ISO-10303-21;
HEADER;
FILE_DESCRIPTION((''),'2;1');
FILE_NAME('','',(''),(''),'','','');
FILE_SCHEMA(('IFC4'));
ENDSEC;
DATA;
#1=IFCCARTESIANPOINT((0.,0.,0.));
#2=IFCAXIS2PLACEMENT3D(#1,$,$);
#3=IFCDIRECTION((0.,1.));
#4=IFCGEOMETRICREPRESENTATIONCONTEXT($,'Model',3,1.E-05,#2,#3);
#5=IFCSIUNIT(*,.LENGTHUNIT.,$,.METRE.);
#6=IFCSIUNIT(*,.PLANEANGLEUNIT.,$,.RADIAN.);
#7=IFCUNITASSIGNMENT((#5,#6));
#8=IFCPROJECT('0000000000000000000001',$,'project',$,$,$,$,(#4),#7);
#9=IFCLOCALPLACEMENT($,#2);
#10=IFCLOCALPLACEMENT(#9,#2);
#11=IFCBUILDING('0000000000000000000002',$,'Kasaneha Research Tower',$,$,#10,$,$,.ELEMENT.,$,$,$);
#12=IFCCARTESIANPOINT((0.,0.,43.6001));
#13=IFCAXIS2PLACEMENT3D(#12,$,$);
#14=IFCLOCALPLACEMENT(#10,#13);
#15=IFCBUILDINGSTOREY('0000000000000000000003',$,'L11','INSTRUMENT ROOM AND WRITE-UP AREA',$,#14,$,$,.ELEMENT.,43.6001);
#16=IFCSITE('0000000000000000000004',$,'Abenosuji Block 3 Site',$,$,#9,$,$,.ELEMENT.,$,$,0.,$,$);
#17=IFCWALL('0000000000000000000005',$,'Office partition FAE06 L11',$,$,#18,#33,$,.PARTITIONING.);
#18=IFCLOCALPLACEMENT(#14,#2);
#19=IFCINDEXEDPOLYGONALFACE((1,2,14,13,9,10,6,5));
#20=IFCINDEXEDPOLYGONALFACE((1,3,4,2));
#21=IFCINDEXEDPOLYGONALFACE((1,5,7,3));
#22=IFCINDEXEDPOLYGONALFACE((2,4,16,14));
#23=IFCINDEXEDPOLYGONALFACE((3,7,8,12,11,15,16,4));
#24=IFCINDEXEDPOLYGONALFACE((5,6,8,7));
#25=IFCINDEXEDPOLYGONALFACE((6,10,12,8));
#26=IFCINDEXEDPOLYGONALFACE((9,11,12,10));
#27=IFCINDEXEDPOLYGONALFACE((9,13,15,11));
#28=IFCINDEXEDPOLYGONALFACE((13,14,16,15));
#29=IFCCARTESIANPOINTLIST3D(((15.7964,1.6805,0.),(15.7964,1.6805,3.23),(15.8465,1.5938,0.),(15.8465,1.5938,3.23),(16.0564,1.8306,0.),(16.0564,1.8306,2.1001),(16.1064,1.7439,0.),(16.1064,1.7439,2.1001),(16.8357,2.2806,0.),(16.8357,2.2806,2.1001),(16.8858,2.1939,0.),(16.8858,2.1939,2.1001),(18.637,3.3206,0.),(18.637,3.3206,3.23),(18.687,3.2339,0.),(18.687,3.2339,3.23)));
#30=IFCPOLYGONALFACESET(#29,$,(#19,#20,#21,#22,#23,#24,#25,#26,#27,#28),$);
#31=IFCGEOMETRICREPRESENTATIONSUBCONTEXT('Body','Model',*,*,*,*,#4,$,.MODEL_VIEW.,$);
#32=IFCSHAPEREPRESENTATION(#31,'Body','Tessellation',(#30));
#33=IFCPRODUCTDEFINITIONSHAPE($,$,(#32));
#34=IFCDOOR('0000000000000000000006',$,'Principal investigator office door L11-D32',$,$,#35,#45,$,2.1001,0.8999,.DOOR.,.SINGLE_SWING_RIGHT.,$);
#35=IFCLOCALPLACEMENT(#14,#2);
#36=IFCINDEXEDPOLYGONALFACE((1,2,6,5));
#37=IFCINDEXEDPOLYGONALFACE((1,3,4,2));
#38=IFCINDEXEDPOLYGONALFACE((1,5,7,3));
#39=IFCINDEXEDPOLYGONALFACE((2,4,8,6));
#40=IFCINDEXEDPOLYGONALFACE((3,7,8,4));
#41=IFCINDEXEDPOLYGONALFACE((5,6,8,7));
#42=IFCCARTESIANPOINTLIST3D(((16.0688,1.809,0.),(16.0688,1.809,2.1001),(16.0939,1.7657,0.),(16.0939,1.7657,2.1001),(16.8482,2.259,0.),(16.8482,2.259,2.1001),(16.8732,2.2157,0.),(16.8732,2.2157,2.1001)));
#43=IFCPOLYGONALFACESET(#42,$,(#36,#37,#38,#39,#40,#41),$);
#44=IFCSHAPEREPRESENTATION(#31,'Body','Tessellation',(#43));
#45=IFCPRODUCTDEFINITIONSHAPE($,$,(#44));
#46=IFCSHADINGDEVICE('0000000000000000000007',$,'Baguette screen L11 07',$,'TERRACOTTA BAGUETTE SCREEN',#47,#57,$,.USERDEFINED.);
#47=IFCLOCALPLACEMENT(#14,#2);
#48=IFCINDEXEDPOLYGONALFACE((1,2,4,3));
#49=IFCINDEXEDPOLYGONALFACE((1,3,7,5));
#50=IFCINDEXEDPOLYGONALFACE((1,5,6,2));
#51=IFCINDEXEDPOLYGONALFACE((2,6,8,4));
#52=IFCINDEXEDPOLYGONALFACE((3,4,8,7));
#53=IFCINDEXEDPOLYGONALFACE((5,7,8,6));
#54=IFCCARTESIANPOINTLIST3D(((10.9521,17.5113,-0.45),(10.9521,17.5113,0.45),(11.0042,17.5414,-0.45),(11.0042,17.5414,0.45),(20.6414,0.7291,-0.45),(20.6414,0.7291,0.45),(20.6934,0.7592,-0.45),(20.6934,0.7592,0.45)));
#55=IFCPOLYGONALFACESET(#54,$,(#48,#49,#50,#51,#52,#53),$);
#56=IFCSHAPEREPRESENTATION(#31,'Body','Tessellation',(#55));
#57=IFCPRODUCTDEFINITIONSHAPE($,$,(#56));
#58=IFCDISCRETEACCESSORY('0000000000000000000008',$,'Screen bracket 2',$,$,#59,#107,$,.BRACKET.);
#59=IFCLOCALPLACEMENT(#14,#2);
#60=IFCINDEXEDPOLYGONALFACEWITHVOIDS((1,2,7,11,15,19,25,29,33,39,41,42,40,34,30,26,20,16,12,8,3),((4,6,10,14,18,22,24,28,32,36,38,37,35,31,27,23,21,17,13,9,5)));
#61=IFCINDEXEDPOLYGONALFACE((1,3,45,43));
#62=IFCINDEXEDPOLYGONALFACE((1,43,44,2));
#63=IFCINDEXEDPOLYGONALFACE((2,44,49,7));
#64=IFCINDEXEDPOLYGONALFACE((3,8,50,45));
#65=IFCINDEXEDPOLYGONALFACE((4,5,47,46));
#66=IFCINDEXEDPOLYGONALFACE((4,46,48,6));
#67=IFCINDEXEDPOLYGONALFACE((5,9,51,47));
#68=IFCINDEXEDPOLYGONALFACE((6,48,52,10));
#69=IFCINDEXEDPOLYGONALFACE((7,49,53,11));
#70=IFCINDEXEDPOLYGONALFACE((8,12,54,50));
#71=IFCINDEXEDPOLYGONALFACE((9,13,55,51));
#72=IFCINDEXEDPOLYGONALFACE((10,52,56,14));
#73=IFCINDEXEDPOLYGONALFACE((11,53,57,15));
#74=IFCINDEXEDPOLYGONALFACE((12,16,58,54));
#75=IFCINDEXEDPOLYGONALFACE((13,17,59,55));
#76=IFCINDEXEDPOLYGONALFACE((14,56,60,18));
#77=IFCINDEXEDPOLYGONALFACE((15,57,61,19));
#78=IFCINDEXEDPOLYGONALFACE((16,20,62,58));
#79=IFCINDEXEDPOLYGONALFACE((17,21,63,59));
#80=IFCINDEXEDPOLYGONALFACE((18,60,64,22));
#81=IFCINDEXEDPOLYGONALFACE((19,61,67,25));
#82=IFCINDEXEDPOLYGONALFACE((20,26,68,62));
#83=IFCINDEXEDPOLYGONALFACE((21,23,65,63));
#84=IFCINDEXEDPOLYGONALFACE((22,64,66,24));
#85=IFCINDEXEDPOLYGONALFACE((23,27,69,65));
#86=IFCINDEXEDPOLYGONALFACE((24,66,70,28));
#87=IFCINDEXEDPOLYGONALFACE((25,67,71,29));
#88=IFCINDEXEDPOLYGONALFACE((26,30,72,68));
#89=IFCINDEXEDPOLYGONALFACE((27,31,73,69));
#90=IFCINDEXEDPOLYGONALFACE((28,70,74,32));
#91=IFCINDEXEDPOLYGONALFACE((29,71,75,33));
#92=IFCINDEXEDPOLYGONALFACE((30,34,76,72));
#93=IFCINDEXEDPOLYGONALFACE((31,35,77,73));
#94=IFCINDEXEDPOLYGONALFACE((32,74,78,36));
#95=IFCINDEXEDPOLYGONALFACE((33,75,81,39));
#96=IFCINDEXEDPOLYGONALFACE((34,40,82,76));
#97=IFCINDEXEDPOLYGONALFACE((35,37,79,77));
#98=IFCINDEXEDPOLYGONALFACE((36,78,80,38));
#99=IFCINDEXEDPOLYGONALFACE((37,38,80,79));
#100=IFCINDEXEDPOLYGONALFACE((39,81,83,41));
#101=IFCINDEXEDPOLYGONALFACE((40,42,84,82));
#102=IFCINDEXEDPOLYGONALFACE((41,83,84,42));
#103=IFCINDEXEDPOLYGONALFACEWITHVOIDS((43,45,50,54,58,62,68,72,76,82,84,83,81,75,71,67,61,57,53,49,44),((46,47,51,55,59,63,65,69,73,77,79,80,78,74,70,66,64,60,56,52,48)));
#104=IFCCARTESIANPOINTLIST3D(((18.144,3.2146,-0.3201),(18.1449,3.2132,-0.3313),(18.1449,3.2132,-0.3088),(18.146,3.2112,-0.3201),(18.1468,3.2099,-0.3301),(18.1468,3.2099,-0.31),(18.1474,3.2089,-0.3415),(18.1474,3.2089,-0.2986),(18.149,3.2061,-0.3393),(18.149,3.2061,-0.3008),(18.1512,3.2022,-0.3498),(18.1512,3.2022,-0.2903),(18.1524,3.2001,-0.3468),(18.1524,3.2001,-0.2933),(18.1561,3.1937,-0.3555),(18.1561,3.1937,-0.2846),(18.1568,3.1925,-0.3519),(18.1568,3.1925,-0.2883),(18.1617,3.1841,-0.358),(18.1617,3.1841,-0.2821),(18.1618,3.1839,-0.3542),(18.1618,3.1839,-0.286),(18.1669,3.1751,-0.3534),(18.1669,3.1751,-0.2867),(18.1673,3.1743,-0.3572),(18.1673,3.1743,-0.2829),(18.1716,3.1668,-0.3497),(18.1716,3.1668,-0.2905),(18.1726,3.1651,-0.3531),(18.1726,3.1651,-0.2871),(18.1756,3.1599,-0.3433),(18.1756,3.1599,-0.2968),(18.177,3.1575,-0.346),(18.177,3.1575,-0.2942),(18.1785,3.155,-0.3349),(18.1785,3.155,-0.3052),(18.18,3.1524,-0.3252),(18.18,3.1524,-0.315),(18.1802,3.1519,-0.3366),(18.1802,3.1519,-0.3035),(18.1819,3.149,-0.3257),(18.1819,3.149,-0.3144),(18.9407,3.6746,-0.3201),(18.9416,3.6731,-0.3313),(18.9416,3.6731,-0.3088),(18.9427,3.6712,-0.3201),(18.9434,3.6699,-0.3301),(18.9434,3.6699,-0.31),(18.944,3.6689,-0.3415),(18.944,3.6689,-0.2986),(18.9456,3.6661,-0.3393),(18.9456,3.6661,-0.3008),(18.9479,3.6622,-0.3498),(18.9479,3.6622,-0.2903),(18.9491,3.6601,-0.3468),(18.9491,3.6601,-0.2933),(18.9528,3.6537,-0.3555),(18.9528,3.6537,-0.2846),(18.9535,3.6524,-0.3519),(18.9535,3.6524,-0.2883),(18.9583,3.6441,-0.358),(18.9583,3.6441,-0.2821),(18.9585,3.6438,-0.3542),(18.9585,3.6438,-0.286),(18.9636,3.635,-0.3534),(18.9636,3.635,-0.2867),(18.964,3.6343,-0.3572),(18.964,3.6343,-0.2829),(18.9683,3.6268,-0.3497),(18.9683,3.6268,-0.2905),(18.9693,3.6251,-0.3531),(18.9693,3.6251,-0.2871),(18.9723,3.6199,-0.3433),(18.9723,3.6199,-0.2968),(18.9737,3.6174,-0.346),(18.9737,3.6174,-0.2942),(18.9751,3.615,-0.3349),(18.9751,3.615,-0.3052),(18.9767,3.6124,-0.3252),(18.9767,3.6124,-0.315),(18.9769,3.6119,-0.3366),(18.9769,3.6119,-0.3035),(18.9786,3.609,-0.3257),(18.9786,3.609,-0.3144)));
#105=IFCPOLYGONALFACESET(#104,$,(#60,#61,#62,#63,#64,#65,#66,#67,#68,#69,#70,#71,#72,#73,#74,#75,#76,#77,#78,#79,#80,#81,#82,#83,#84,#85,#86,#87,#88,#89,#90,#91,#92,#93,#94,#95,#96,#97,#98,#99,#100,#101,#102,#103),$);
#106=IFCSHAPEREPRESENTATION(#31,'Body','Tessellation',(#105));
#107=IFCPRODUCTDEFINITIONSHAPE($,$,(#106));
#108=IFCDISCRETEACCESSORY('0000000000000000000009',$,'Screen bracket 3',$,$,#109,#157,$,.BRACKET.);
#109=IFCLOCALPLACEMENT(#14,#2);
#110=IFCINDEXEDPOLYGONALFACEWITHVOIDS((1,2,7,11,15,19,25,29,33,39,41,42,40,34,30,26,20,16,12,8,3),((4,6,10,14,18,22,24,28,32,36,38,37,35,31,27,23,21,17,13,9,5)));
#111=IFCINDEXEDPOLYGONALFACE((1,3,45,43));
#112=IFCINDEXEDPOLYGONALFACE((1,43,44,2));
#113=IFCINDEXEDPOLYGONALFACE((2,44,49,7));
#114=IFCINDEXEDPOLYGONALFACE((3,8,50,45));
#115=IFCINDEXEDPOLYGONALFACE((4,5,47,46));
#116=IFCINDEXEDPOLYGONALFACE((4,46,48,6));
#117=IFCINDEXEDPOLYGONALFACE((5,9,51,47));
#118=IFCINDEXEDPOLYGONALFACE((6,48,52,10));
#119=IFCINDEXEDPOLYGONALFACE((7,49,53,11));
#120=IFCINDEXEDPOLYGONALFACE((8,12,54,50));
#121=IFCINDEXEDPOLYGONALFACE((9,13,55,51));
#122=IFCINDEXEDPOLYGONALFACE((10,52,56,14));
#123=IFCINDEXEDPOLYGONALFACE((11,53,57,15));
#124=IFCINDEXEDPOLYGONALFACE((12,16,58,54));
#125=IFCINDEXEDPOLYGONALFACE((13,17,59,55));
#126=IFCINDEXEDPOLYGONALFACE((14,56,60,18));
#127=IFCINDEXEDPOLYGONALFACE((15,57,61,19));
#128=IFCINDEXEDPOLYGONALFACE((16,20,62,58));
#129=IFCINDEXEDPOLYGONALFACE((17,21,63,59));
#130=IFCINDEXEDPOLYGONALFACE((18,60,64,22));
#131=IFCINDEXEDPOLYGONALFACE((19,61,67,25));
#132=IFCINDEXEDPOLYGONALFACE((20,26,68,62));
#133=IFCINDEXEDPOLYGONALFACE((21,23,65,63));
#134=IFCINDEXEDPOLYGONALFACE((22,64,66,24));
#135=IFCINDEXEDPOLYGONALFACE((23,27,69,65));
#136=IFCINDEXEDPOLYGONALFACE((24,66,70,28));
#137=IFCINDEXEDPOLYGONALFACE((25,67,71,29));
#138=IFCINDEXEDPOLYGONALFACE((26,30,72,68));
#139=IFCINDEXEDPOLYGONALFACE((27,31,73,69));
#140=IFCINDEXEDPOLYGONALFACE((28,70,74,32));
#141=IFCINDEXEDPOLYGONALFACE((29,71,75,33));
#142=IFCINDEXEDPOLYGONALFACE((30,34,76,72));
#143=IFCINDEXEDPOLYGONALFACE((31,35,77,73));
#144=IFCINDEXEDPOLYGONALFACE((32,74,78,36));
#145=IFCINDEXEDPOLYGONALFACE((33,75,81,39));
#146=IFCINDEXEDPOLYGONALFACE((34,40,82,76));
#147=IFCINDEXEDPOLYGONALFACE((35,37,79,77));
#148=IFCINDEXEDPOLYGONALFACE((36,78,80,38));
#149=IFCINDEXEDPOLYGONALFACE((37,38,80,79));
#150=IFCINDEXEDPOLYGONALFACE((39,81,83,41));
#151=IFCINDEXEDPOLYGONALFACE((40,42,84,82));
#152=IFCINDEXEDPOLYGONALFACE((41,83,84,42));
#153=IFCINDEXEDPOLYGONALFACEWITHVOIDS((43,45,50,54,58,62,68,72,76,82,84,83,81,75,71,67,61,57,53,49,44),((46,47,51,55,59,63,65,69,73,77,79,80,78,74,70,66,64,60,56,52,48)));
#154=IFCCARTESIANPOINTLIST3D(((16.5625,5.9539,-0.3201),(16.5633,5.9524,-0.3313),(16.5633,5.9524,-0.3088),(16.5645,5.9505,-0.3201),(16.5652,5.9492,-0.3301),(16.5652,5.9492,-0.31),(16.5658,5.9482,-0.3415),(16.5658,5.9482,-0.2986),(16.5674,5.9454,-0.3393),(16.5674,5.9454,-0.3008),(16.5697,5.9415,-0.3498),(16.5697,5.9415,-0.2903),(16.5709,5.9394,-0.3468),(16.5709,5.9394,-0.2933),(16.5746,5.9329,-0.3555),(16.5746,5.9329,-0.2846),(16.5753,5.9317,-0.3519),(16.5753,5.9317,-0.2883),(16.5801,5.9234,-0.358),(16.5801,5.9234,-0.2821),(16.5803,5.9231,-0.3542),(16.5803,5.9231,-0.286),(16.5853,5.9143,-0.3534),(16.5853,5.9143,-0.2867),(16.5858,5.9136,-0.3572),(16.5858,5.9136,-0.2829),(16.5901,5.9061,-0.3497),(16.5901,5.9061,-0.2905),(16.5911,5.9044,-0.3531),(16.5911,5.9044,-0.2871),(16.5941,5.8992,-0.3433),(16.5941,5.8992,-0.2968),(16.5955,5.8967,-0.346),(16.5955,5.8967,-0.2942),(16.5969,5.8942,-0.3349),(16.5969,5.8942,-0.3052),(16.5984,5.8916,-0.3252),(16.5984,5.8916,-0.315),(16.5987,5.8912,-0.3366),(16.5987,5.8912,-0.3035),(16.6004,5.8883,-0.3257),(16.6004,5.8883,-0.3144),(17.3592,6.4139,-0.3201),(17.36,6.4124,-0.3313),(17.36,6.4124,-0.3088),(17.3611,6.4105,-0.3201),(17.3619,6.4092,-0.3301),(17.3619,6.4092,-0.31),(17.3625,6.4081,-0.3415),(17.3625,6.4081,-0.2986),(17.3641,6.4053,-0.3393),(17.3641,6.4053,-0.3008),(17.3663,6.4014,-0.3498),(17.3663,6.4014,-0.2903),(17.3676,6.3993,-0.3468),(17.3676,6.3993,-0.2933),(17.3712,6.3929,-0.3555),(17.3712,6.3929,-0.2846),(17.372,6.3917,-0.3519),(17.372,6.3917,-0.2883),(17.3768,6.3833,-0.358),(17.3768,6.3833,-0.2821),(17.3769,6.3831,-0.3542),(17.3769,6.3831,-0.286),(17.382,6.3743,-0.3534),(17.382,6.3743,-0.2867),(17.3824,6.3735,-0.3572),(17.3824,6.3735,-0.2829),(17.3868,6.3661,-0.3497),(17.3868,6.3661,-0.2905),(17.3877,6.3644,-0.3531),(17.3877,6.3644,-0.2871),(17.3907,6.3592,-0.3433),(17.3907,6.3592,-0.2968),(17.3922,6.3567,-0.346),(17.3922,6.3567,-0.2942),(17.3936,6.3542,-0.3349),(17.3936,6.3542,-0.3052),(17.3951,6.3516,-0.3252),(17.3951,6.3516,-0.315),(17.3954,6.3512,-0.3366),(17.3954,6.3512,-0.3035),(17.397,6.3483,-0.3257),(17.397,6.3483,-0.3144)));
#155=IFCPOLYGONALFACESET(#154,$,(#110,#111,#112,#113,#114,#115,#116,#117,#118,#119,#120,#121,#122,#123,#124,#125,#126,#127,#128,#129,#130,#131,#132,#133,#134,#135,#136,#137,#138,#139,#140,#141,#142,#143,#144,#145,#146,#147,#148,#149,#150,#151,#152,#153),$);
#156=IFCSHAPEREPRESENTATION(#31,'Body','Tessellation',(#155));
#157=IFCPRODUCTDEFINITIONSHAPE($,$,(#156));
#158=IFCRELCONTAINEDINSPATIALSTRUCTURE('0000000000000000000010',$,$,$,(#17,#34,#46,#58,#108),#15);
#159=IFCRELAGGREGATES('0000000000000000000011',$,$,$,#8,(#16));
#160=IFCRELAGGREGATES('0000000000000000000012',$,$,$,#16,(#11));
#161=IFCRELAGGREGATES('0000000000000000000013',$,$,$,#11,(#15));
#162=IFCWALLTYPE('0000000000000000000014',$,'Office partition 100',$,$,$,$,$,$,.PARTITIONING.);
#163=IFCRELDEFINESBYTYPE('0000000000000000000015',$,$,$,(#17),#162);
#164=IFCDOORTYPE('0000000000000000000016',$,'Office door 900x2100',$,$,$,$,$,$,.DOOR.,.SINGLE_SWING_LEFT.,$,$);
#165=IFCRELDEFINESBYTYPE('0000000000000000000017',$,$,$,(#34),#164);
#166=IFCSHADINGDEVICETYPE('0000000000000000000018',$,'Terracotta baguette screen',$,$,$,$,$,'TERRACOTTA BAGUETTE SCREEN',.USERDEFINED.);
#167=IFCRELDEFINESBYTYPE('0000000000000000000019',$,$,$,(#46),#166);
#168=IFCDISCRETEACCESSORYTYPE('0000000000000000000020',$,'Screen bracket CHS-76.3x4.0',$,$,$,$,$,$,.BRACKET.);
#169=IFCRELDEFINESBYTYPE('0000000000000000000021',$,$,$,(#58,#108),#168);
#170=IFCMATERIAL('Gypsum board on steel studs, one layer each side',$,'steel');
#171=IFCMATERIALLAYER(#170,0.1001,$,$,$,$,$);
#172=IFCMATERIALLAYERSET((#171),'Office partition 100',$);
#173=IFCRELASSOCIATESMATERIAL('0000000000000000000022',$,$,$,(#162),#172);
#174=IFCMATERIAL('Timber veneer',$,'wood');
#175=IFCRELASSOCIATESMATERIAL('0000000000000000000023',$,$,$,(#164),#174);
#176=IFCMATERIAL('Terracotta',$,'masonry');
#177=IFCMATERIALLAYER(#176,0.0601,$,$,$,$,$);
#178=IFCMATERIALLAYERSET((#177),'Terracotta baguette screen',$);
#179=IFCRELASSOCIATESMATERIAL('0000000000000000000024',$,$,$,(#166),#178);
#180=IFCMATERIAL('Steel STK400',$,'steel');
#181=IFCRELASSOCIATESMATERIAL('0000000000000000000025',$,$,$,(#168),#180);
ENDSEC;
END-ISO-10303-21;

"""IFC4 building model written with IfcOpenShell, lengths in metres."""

from ifc_helpers import new_model, si_unit, direction, frame, frame_2d, origin, origin_2d, place, context, subcontext, project, spatial, rectangle, hollow_circle, extrude, material, layer, layer_set, material_profile, profile_set, type_object, element, fill, save


model = new_model("IFC4")

# Units and contexts
model_context = context("Model", 3, precision=1e-05, world=origin(), true_north=direction((0.0, 1.0)))
body_context = subcontext(model_context, "Body", "Model", "MODEL_VIEW")
ifc_project = project(units=[si_unit("LENGTHUNIT", "METRE"), si_unit("PLANEANGLEUNIT", "RADIAN")], contexts=[model_context])

# Site, building, storey
site_placement = place(None, origin())
site = spatial("IfcSite", under=ifc_project, at=site_placement, Name="Abenosuji Block 3 Site", CompositionType="ELEMENT", RefElevation=0.0)
building_placement = place(site_placement, origin())
building = spatial("IfcBuilding", under=site, at=building_placement, Name="Kasaneha Research Tower", CompositionType="ELEMENT")
storey_placement = place(building_placement, frame((0.0, 0.0, 43.6001)))
storey = spatial("IfcBuildingStorey", under=building, at=storey_placement, Name="L11", Description="INSTRUMENT ROOM AND WRITE-UP AREA", CompositionType="ELEMENT", Elevation=43.6001)

# Shared definitions
ifc_material_1 = material(Name="Gypsum board on steel studs, one layer each side", Category="steel")
ifc_layer_1 = layer(ifc_material_1, 0.1001)
ifc_layer_set_1 = layer_set([ifc_layer_1], Name="Office partition 100")
wall_type = type_object("IfcWallType", Name="Office partition 100", PredefinedType="PARTITIONING", material=ifc_layer_set_1)

# Wall, opening, door
wall_1_placement = place(storey_placement, frame((18.6621, 3.2773, 0.0), z_axis=(0.0, 0.0, 1.0), x_axis=(-0.866008, -0.50003, 0.0)))
wall_1 = element("IfcWall", 1, at=wall_1_placement, inside=storey, type_object=wall_type, Name="Office partition FAE06 L11", PredefinedType="PARTITIONING", context=body_context, shape_type="SweptSolid", body=[
    extrude(rectangle(XDim=3.28, YDim=0.1001, at=frame_2d((1.6401, 0.0))), origin(), (0.0, 0.0, 1.0), 3.23),
])
opening_placement = place(wall_1_placement, frame((2.0801, 0.0, 0.0)))
opening = element("IfcOpeningElement", 2, at=opening_placement, cuts=wall_1, PredefinedType="OPENING", context=body_context, shape_type="SweptSolid", body=[
    extrude(rectangle(XDim=0.8999, YDim=2.1001, at=frame_2d((0.45, 1.05))), frame((0.0, 0.0601, 0.0), z_axis=(0.0, -1.0, 0.0), x_axis=(1.0, 0.0, 0.0)), (0.0, 0.0, 1.0), 0.1201),
])
ifc_material_2 = material(Name="Timber veneer", Category="wood")
door_type = type_object("IfcDoorType", Name="Office door 900x2100", OperationType="SINGLE_SWING_LEFT", PredefinedType="DOOR", material=ifc_material_2)
door_placement = place(opening_placement, origin())
door = element("IfcDoor", 3, at=door_placement, inside=storey, type_object=door_type, Name="Principal investigator office door L11-D32", OperationType="SINGLE_SWING_RIGHT", OverallHeight=2.1001, OverallWidth=0.8999, PredefinedType="DOOR", context=body_context, shape_type="SweptSolid", body=[
    extrude(rectangle(XDim=0.8999, YDim=2.1001, at=frame_2d((0.45, 1.05))), frame((0.0, 0.0249, 0.0), z_axis=(0.0, -1.0, 0.0), x_axis=(1.0, 0.0, 0.0)), (0.0, 0.0, 1.0), 0.05),
])
fill(opening, door)

# Shading device
ifc_material_3 = material(Name="Terracotta", Category="masonry")
ifc_layer_2 = layer(ifc_material_3, 0.0601)
ifc_layer_set_2 = layer_set([ifc_layer_2], Name="Terracotta baguette screen")
shading_device_type = type_object("IfcShadingDeviceType", Name="Terracotta baguette screen", ElementType="TERRACOTTA BAGUETTE SCREEN", PredefinedType="USERDEFINED", material=ifc_layer_set_2)
shading_device_placement = place(storey_placement, frame((15.8228, 9.1353, -0.45), z_axis=(0.0, 0.0, 1.0), x_axis=(-0.5, 0.866025, 0.0)))
element("IfcShadingDevice", 4, at=shading_device_placement, inside=storey, type_object=shading_device_type, Name="Baguette screen L11 07", ObjectType="TERRACOTTA BAGUETTE SCREEN", PredefinedType="USERDEFINED", context=body_context, shape_type="SweptSolid", body=[
    extrude(rectangle(XDim=19.3784, YDim=0.0601, at=origin_2d()), origin(), (0.0, 0.0, 1.0), 0.8999),
])

# Discrete accessories
ifc_material_4 = material(Name="Steel STK400", Category="steel")
ifc_material_profile_1 = material_profile(ifc_material_4, hollow_circle(Radius=0.0381, WallThickness=0.0039, at=origin_2d()), Name="CHS-76.3x4.0")
ifc_profile_set_1 = profile_set([ifc_material_profile_1], Name="Steel STK400")
discrete_accessory_type = type_object("IfcDiscreteAccessoryType", Name="Screen bracket CHS-76.3x4.0", PredefinedType="BRACKET", material=ifc_profile_set_1)
for number, where, z_axis, x_axis, name in (
    (5, (18.1631, 3.1816, -0.3201), (0.866013, 0.500021, 0.0), (-0.500021, 0.866013, 0.0), "Screen bracket 2"),
    (6, (16.5815, 5.9209, -0.3201), (0.866013, 0.500021, 0.0), (-0.500021, 0.866013, 0.0), "Screen bracket 3"),
):
    element("IfcDiscreteAccessory", number, at=place(storey_placement, frame(where, z_axis=z_axis, x_axis=x_axis)), inside=storey, type_object=discrete_accessory_type, Name=name, PredefinedType="BRACKET", context=body_context, shape_type="SweptSolid", body=[
        extrude(hollow_circle(Radius=0.0381, WallThickness=0.0039, at=origin_2d()), origin(), (0.0, 0.0, 1.0), 0.9199),
    ])

save(model, "model.ifc")
